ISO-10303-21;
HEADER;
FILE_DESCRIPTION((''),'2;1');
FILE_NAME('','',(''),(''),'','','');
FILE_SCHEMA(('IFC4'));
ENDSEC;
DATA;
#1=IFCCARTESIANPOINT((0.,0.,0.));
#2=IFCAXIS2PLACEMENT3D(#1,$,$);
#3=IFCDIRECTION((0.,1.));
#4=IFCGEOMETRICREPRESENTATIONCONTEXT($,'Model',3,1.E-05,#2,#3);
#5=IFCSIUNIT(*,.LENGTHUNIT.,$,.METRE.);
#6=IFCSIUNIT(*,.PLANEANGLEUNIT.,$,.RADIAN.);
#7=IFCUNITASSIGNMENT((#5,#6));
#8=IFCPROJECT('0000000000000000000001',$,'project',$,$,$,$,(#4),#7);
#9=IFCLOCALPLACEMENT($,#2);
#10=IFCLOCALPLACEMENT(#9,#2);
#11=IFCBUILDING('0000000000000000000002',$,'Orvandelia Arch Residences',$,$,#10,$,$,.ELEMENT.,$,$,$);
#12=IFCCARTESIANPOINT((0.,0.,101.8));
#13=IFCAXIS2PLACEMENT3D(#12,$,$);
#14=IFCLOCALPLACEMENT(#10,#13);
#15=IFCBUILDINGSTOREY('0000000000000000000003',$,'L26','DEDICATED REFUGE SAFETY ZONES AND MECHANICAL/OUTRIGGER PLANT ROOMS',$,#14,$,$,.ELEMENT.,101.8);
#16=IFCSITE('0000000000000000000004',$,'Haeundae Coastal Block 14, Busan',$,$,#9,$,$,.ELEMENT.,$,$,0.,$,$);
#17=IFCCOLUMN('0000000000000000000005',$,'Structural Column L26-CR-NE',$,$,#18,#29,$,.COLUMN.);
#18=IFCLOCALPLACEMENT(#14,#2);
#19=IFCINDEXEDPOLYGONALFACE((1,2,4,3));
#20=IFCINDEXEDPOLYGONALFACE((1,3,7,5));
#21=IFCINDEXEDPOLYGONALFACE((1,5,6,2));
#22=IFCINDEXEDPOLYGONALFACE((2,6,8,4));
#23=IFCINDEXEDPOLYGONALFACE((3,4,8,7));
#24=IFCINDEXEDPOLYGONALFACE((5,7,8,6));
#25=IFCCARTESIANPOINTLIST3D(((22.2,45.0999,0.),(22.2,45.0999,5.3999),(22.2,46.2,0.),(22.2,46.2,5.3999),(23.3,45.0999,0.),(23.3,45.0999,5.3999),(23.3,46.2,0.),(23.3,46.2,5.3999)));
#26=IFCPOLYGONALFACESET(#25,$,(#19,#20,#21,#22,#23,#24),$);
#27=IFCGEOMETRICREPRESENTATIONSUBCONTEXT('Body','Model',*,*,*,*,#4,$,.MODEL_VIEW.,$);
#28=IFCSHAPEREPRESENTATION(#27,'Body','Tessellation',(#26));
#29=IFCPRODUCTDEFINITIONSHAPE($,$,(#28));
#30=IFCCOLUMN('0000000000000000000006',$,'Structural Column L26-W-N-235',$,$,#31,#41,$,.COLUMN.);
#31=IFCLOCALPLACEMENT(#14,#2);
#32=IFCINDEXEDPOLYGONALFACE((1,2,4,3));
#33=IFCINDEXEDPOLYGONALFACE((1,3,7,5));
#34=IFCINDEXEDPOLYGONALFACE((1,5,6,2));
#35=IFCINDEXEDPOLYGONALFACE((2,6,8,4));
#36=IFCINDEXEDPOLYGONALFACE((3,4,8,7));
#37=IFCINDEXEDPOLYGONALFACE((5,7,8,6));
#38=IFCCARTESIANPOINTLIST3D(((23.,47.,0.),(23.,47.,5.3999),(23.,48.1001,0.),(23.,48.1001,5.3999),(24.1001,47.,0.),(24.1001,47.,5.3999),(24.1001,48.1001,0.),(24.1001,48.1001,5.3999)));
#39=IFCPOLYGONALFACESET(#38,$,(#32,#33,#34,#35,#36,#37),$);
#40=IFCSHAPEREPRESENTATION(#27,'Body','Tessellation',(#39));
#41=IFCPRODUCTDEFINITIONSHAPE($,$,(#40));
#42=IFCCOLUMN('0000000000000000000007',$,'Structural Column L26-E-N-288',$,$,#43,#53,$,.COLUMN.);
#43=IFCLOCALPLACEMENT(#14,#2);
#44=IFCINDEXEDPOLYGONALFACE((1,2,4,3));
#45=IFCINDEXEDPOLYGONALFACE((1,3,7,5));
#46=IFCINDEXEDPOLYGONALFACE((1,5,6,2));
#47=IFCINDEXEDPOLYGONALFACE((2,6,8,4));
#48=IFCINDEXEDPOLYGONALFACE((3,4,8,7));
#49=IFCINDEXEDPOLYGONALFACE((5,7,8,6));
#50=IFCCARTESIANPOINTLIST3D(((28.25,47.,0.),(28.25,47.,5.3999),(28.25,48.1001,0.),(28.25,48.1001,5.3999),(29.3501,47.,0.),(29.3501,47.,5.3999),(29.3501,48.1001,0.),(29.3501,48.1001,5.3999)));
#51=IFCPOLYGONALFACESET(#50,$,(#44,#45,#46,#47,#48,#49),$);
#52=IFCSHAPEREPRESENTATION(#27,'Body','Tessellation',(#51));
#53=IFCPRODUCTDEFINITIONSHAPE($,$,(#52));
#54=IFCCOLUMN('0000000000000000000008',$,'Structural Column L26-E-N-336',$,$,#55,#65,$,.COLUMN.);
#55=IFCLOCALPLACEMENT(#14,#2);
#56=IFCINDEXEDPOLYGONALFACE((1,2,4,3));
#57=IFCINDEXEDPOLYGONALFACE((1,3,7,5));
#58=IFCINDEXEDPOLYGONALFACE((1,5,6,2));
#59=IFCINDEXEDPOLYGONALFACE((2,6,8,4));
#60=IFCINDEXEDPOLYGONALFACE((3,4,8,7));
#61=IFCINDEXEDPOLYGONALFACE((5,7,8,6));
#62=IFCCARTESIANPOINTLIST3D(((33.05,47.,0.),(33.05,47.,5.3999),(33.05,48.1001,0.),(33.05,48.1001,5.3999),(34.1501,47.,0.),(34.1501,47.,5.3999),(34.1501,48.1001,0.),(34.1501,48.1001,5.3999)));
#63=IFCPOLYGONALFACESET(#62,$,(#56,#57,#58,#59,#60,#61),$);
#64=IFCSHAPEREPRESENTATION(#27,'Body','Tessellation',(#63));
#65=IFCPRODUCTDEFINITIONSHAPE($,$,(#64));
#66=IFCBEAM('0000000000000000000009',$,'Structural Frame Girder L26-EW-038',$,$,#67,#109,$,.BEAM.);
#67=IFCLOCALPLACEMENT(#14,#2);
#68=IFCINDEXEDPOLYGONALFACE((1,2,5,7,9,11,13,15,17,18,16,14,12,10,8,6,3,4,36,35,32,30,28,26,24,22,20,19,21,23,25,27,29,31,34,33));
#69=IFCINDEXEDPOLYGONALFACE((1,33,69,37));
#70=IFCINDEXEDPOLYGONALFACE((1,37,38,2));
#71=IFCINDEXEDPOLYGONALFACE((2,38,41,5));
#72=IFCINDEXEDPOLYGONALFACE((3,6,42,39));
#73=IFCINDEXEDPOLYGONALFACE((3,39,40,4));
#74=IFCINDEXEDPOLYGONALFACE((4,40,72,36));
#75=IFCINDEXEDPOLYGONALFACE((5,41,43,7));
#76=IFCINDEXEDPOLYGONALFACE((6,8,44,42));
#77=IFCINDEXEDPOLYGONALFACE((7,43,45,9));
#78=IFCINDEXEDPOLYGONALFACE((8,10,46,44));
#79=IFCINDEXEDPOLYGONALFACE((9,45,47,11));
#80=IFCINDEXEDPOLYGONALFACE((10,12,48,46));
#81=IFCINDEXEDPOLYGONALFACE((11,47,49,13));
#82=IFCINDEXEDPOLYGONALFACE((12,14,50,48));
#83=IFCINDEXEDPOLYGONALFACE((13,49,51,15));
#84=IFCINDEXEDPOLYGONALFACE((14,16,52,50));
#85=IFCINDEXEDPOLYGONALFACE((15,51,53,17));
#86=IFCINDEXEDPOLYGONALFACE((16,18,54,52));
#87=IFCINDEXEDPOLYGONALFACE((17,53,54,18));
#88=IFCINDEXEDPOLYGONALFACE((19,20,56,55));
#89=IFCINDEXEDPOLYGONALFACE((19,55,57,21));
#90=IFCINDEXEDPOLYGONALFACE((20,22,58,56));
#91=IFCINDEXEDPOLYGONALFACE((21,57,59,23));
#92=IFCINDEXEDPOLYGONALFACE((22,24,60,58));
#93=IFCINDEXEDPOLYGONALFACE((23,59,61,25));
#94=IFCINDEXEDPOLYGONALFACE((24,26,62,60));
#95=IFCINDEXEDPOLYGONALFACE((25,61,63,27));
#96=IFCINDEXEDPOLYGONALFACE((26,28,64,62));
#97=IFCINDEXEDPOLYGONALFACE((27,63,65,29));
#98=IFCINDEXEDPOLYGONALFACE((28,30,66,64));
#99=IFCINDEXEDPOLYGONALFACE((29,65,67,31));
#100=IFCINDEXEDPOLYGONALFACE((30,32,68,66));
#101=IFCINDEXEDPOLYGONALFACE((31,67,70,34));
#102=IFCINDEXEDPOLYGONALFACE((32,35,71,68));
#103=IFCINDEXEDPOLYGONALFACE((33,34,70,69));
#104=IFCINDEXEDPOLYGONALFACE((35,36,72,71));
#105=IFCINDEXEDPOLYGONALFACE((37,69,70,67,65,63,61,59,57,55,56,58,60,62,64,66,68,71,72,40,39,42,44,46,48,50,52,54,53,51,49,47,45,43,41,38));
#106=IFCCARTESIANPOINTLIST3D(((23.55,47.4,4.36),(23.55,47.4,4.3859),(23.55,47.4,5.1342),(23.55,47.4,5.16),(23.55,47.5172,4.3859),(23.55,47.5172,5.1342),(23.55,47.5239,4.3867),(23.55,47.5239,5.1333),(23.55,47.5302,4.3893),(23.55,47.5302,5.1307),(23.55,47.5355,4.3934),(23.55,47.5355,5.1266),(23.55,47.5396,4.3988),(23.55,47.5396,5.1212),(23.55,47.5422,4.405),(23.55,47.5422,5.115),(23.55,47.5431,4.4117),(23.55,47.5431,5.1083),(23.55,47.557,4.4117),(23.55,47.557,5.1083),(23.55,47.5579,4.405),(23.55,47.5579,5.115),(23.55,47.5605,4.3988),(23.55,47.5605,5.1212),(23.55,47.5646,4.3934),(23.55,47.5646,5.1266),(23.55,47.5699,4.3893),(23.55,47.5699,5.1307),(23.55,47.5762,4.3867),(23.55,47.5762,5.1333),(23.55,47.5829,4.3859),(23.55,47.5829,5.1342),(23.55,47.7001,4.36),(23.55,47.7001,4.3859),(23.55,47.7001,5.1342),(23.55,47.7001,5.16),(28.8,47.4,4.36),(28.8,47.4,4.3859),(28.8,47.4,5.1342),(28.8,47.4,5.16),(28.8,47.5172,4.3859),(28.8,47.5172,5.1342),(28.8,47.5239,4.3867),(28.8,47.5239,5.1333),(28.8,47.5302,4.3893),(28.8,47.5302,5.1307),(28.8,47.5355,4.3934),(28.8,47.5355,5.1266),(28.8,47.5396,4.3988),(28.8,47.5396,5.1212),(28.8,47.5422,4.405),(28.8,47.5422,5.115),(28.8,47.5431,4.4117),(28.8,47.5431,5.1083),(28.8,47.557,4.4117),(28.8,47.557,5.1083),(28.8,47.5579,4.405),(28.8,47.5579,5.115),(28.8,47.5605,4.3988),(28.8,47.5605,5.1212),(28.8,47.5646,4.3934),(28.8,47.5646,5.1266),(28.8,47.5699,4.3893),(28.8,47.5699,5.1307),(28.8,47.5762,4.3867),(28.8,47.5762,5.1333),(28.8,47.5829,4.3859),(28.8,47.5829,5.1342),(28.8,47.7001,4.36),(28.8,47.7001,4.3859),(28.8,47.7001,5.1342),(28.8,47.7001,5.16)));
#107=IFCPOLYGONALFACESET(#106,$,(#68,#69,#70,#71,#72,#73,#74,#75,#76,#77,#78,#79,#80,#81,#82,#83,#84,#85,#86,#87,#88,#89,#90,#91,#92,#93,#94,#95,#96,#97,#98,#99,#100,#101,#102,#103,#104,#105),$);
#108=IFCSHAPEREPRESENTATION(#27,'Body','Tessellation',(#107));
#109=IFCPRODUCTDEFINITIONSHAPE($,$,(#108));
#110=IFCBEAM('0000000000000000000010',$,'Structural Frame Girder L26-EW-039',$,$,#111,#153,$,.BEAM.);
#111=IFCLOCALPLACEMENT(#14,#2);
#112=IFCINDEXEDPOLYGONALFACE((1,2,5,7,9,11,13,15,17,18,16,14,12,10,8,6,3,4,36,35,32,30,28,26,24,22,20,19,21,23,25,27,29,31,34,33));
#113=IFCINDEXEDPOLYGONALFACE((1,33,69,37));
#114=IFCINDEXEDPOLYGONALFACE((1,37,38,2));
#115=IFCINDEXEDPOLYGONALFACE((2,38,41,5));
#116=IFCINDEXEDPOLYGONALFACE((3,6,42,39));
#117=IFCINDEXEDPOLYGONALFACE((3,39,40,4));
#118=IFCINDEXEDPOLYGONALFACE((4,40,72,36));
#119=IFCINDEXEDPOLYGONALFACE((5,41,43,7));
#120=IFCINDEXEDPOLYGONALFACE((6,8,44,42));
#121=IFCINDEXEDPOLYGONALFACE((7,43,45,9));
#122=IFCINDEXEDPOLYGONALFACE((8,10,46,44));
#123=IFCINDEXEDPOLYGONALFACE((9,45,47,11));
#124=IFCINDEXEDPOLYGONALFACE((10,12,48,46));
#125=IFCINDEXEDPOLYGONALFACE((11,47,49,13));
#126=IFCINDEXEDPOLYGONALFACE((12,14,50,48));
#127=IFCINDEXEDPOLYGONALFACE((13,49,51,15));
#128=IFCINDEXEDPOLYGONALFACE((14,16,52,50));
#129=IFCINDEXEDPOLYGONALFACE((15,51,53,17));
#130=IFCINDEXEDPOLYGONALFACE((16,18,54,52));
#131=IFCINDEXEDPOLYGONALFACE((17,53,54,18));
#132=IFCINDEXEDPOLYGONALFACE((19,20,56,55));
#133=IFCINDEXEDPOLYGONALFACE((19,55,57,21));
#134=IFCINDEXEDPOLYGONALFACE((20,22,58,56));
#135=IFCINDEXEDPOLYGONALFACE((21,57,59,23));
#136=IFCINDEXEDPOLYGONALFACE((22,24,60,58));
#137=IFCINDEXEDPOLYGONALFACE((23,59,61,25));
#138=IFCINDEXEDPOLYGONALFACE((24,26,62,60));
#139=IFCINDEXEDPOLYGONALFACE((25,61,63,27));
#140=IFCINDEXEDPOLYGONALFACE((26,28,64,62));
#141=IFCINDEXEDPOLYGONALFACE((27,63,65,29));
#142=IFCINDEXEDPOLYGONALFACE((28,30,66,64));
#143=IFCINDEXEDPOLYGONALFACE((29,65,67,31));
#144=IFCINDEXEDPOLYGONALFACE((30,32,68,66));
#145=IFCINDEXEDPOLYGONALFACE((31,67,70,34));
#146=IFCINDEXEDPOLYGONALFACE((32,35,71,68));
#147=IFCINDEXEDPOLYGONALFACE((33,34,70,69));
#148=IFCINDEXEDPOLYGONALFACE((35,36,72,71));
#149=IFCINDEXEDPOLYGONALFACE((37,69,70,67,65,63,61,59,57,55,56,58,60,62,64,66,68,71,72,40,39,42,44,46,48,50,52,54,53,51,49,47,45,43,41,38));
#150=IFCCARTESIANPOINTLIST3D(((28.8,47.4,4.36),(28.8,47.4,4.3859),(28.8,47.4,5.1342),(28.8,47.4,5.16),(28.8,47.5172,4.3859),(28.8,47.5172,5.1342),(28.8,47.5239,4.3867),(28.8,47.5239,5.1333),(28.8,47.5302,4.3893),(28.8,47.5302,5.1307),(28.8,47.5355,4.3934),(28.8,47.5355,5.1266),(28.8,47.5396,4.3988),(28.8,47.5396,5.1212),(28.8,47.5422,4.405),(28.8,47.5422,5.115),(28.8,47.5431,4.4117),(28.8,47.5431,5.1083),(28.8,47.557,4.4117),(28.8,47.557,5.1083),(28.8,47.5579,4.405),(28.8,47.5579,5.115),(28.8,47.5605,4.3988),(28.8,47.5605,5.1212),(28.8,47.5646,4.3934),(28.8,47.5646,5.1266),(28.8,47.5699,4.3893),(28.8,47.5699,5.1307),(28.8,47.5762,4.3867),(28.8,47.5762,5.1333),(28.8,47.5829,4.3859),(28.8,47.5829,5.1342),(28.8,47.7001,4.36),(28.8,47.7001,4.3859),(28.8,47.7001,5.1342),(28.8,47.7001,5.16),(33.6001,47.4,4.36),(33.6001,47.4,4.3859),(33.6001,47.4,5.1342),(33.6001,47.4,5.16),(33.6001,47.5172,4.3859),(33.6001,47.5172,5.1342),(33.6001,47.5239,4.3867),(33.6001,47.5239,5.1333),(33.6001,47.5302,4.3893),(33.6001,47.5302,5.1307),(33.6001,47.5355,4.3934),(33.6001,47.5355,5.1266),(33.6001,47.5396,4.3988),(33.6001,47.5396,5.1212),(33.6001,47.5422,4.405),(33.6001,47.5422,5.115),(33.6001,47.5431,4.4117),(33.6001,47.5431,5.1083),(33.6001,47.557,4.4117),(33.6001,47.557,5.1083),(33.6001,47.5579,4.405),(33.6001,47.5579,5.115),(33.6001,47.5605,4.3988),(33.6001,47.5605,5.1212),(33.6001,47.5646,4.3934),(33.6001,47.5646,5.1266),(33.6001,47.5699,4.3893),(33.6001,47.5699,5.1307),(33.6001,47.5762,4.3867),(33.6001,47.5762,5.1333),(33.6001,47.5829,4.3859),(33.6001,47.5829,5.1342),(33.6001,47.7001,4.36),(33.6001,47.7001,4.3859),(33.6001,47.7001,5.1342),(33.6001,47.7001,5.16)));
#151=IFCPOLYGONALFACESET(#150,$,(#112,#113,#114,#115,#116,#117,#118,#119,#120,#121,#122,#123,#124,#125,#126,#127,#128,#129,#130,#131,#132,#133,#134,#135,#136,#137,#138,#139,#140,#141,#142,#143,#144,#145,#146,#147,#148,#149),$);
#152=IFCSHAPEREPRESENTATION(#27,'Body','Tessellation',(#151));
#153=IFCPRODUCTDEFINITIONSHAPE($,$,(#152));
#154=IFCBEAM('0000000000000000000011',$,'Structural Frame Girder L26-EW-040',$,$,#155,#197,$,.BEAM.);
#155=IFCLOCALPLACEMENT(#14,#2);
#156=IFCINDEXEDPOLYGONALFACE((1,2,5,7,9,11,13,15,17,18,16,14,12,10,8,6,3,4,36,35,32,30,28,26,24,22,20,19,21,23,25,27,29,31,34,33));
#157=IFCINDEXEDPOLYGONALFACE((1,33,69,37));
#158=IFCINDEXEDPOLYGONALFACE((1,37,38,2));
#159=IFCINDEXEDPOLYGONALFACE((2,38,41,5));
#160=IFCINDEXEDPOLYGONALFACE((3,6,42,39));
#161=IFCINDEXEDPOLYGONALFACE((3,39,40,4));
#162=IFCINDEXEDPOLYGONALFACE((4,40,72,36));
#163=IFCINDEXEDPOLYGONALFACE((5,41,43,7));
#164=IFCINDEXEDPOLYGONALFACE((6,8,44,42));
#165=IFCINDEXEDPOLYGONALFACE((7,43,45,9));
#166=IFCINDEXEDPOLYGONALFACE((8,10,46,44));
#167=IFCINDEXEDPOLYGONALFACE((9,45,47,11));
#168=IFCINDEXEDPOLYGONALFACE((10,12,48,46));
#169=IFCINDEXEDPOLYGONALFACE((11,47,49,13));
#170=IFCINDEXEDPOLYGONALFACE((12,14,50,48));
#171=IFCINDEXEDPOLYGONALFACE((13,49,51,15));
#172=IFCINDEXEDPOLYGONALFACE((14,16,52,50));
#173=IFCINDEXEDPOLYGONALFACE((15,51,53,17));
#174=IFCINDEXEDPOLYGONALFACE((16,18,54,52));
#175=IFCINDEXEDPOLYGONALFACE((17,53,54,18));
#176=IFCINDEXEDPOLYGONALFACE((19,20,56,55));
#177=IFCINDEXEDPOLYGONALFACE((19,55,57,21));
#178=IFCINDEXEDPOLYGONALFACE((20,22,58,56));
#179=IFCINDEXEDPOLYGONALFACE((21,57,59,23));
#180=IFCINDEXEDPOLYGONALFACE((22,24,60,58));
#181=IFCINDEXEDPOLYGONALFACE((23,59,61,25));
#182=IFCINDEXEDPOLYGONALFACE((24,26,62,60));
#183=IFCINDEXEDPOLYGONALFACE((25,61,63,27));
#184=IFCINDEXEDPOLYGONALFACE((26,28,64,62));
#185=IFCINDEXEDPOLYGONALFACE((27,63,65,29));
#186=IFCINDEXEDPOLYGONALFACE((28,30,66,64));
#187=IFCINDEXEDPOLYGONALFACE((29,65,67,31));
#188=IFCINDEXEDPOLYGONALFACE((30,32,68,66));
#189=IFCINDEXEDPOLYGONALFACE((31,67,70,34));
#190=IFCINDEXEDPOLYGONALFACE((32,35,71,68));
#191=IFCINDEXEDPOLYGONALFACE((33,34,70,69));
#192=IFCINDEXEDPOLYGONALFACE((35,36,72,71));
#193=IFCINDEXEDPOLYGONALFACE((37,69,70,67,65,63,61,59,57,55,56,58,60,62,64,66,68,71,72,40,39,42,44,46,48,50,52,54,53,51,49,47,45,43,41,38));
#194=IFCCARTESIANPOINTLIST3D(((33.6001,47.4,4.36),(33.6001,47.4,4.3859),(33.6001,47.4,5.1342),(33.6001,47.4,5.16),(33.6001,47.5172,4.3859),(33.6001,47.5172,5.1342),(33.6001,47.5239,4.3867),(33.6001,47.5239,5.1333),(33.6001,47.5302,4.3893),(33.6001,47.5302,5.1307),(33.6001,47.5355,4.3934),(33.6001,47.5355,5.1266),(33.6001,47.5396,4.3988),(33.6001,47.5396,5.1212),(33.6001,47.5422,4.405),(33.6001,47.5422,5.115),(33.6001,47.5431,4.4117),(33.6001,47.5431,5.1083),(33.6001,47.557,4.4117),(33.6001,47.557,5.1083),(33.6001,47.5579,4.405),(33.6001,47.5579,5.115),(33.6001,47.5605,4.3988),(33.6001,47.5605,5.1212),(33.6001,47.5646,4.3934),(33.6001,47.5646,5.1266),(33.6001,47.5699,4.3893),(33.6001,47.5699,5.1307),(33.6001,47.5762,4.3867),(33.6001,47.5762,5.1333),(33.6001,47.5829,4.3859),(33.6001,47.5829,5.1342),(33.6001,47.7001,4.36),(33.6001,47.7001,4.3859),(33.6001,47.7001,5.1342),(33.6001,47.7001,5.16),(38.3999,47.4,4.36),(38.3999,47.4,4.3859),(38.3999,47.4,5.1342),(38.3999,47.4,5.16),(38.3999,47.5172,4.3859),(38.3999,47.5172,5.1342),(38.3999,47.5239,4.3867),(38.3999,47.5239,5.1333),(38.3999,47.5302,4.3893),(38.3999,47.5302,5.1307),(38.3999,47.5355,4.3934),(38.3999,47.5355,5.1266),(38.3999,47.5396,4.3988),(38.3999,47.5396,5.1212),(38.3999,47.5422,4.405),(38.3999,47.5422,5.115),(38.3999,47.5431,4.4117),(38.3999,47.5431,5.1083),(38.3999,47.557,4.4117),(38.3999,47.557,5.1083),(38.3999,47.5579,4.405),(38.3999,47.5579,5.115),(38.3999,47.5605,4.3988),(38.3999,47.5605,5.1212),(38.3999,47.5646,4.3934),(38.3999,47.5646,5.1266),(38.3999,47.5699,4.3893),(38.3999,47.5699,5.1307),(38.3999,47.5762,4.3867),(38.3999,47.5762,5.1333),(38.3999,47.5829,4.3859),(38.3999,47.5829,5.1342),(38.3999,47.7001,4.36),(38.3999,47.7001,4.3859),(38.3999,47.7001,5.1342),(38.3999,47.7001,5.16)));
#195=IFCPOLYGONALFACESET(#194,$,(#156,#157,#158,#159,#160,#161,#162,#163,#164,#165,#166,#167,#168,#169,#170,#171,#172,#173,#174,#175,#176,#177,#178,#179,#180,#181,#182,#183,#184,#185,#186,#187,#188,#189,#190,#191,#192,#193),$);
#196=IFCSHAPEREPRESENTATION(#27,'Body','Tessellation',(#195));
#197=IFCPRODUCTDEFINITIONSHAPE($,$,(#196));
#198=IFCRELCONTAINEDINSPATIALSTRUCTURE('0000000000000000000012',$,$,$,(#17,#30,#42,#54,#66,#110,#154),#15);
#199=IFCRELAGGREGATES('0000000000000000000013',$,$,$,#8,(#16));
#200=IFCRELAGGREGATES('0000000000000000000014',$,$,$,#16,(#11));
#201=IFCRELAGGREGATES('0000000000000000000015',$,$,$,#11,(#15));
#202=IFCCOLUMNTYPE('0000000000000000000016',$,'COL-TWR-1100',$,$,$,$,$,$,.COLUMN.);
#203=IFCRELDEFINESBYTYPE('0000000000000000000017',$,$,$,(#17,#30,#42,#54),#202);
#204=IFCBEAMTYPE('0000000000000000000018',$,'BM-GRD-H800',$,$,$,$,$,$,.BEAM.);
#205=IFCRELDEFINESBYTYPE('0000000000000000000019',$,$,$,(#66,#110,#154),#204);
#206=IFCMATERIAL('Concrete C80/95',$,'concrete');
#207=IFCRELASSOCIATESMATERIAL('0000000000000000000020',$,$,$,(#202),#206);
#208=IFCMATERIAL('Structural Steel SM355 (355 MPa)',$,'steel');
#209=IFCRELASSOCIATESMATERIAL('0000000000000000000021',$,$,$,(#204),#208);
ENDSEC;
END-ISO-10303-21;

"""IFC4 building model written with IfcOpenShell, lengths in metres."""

from ifc_helpers import new_model, si_unit, direction, frame, origin, origin_2d, place, context, subcontext, project, spatial, rectangle, i_section, extrude, material, material_profile, profile_set, type_object, element, save


model = new_model("IFC4")

# Units and contexts
model_context = context("Model", 3, precision=1e-05, world=origin(), true_north=direction((0.0, 1.0)))
body_context = subcontext(model_context, "Body", "Model", "MODEL_VIEW")
ifc_project = project(units=[si_unit("LENGTHUNIT", "METRE"), si_unit("PLANEANGLEUNIT", "RADIAN")], contexts=[model_context])

# Site, building, storey
site_placement = place(None, origin())
site = spatial("IfcSite", under=ifc_project, at=site_placement, Name="Haeundae Coastal Block 14, Busan", CompositionType="ELEMENT", RefElevation=0.0)
building_placement = place(site_placement, origin())
building = spatial("IfcBuilding", under=site, at=building_placement, Name="Orvandelia Arch Residences", CompositionType="ELEMENT")
storey_placement = place(building_placement, frame((0.0, 0.0, 101.8)))
storey = spatial("IfcBuildingStorey", under=building, at=storey_placement, Name="L26", Description="DEDICATED REFUGE SAFETY ZONES AND MECHANICAL/OUTRIGGER PLANT ROOMS", CompositionType="ELEMENT", Elevation=101.8)

# Columns
ifc_material_1 = material(Name="Concrete C80/95", Category="concrete")
ifc_material_profile_1 = material_profile(ifc_material_1, rectangle(XDim=1.1001, YDim=1.1001, at=origin_2d()), Name="Concrete C80/95", Category="concrete")
ifc_profile_set_1 = profile_set([ifc_material_profile_1], Name="Concrete C80/95")
column_type = type_object("IfcColumnType", Name="COL-TWR-1100", PredefinedType="COLUMN", material=ifc_profile_set_1)
for number, where, z_axis, x_axis, name in (
    (1, (22.75, 45.6499, 0.0), (0.0, 0.0, 1.0), (1.0, 0.0, 0.0), "Structural Column L26-CR-NE"),
    (2, (23.55, 47.55, 0.0), (0.0, 0.0, 1.0), (1.0, 0.0, 0.0), "Structural Column L26-W-N-235"),
    (3, (28.8, 47.55, 0.0), (0.0, 0.0, 1.0), (1.0, 0.0, 0.0), "Structural Column L26-E-N-288"),
    (4, (33.6001, 47.55, 0.0), (0.0, 0.0, 1.0), (1.0, 0.0, 0.0), "Structural Column L26-E-N-336"),
):
    element("IfcColumn", number, at=place(storey_placement, frame(where, z_axis=z_axis, x_axis=x_axis)), inside=storey, type_object=column_type, Name=name, PredefinedType="COLUMN", context=body_context, shape_type="SweptSolid", body=[
        extrude(rectangle(XDim=1.1001, YDim=1.1001, at=origin_2d()), origin(), (0.0, 0.0, 1.0), 5.3999),
    ])

# Beams
ifc_material_2 = material(Name="Structural Steel SM355 (355 MPa)", Category="steel")
ifc_material_profile_2 = material_profile(ifc_material_2, i_section(OverallWidth=0.3, OverallDepth=0.8, WebThickness=0.0139, FlangeThickness=0.0259, FilletRadius=0.0259, at=origin_2d()), Name="Structural Steel SM355 (355 MPa)", Category="steel")
ifc_profile_set_2 = profile_set([ifc_material_profile_2], Name="Structural Steel SM355 (355 MPa)")
beam_type = type_object("IfcBeamType", Name="BM-GRD-H800", PredefinedType="BEAM", material=ifc_profile_set_2)
beam_1_placement = place(storey_placement, frame((23.55, 47.55, 4.76), z_axis=(1.0, 0.0, 0.0), x_axis=(0.0, 1.0, 0.0)))
element("IfcBeam", 5, at=beam_1_placement, inside=storey, type_object=beam_type, Name="Structural Frame Girder L26-EW-038", PredefinedType="BEAM", context=body_context, shape_type="SweptSolid", body=[
    extrude(i_section(OverallWidth=0.3, OverallDepth=0.8, WebThickness=0.0139, FlangeThickness=0.0259, FilletRadius=0.0259, at=origin_2d()), origin(), (0.0, 0.0, 1.0), 5.25),
])
beam_2_placement = place(storey_placement, frame((28.8, 47.55, 4.76), z_axis=(1.0, 0.0, 0.0), x_axis=(0.0, 1.0, 0.0)))
element("IfcBeam", 6, at=beam_2_placement, inside=storey, type_object=beam_type, Name="Structural Frame Girder L26-EW-039", PredefinedType="BEAM", context=body_context, shape_type="SweptSolid", body=[
    extrude(i_section(OverallWidth=0.3, OverallDepth=0.8, WebThickness=0.0139, FlangeThickness=0.0259, FilletRadius=0.0259, at=origin_2d()), origin(), (0.0, 0.0, 1.0), 4.8),
])
beam_3_placement = place(storey_placement, frame((33.6001, 47.55, 4.76), z_axis=(1.0, 0.0, 0.0), x_axis=(0.0, 1.0, 0.0)))
element("IfcBeam", 7, at=beam_3_placement, inside=storey, type_object=beam_type, Name="Structural Frame Girder L26-EW-040", PredefinedType="BEAM", context=body_context, shape_type="SweptSolid", body=[
    extrude(i_section(OverallWidth=0.3, OverallDepth=0.8, WebThickness=0.0139, FlangeThickness=0.0259, FilletRadius=0.0259, at=origin_2d()), origin(), (0.0, 0.0, 1.0), 4.7998),
])

save(model, "model.ifc")
